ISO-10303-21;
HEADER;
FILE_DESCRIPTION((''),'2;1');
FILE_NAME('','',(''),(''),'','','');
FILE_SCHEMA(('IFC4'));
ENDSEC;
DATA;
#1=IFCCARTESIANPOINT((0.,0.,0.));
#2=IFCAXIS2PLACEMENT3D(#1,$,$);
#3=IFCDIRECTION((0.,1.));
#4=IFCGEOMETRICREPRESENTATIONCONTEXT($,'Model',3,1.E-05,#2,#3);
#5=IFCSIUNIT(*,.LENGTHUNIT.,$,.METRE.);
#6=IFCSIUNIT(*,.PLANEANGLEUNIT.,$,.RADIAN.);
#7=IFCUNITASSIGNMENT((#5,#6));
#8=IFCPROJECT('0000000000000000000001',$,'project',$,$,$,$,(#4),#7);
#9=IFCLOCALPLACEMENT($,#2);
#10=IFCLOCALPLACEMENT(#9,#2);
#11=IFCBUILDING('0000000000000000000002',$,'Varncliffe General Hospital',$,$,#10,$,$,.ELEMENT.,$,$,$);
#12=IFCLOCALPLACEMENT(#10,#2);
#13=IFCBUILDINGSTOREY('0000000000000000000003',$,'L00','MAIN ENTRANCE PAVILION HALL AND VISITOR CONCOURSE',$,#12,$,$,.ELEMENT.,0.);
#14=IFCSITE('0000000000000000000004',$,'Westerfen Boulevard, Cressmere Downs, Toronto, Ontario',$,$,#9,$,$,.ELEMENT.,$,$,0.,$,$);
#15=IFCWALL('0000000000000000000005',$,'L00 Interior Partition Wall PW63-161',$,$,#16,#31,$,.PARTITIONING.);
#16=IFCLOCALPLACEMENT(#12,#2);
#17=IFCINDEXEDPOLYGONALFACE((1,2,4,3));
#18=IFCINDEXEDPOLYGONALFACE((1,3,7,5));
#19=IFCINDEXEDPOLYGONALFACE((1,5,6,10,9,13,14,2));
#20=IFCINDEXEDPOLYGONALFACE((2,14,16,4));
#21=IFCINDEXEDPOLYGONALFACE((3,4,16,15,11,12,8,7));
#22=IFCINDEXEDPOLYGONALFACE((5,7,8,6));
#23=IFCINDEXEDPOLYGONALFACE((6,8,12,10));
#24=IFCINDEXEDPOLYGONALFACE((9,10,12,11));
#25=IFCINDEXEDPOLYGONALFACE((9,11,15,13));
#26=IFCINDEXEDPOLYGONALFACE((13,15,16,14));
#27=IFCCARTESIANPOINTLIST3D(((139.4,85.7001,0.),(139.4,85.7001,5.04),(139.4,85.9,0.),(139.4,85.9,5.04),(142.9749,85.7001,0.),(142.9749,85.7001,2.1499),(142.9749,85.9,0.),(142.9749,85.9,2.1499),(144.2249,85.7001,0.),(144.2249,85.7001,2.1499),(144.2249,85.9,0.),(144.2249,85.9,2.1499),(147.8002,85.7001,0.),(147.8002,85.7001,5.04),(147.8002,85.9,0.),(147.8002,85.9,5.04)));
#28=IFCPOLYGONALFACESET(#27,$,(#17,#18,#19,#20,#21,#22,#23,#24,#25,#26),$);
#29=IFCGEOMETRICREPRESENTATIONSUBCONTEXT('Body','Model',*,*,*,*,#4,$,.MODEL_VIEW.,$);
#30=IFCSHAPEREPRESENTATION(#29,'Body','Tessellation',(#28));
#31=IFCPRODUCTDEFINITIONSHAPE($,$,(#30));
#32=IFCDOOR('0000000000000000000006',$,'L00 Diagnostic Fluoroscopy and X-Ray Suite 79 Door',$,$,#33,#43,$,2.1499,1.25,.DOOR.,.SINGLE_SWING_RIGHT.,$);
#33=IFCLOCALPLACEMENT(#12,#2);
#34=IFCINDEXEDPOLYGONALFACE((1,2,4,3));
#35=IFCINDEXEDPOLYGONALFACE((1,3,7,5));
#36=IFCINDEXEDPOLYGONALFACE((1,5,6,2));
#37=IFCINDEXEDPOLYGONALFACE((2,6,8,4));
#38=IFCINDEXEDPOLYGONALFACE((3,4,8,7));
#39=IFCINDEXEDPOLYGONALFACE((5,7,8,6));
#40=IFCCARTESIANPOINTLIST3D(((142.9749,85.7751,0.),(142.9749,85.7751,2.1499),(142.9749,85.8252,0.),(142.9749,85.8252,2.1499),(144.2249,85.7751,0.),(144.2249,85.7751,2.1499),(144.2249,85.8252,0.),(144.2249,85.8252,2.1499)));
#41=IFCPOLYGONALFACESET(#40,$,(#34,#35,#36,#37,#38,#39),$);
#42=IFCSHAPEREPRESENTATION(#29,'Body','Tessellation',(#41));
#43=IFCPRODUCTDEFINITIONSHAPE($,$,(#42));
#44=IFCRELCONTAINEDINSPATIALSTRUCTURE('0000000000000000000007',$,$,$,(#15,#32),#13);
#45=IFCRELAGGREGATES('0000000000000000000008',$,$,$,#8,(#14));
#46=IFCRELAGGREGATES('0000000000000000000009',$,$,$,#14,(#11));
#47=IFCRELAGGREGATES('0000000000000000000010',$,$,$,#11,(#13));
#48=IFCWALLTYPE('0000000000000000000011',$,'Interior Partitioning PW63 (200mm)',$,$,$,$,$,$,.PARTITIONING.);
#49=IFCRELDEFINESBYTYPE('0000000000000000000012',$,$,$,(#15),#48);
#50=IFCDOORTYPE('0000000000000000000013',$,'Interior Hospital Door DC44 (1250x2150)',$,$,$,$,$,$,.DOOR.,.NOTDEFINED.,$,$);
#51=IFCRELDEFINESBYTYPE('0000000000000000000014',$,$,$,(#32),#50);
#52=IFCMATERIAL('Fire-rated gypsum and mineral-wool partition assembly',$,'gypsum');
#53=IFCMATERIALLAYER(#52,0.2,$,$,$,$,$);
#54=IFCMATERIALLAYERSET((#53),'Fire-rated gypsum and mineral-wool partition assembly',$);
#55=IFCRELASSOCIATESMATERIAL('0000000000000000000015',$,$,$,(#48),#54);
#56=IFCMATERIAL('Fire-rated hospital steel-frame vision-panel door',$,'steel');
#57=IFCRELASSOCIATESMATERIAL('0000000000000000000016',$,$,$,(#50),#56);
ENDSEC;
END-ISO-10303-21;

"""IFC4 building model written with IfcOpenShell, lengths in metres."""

from ifc_helpers import new_model, si_unit, direction, frame, frame_2d, origin, place, context, subcontext, project, spatial, rectangle, extrude, material, layer, layer_set, type_object, element, fill, save


model = new_model("IFC4")

# Units and contexts
model_context = context("Model", 3, precision=1e-05, world=origin(), true_north=direction((0.0, 1.0)))
body_context = subcontext(model_context, "Body", "Model", "MODEL_VIEW")
ifc_project = project(units=[si_unit("LENGTHUNIT", "METRE"), si_unit("PLANEANGLEUNIT", "RADIAN")], contexts=[model_context])

# Site, building, storey
site_placement = place(None, origin())
site = spatial("IfcSite", under=ifc_project, at=site_placement, Name="Westerfen Boulevard, Cressmere Downs, Toronto, Ontario", CompositionType="ELEMENT", RefElevation=0.0)
building_placement = place(site_placement, origin())
building = spatial("IfcBuilding", under=site, at=building_placement, Name="Varncliffe General Hospital", CompositionType="ELEMENT")
storey_placement = place(building_placement, origin())
storey = spatial("IfcBuildingStorey", under=building, at=storey_placement, Name="L00", Description="MAIN ENTRANCE PAVILION HALL AND VISITOR CONCOURSE", CompositionType="ELEMENT", Elevation=0.0)

# Shared definitions
ifc_material_1 = material(Name="Fire-rated gypsum and mineral-wool partition assembly", Category="gypsum")

# Wall, opening, door
ifc_layer_1 = layer(ifc_material_1, 0.2)
ifc_layer_set_1 = layer_set([ifc_layer_1], Name="Fire-rated gypsum and mineral-wool partition assembly")
wall_type_1 = type_object("IfcWallType", Name="Interior Partitioning PW63 (200mm)", PredefinedType="PARTITIONING", material=ifc_layer_set_1)
wall_1_placement = place(storey_placement, frame((139.3999, 85.8, 0.0), z_axis=(0.0, 0.0, 1.0), x_axis=(1.0, 0.0, 0.0)))
wall_1 = element("IfcWall", 1, at=wall_1_placement, inside=storey, type_object=wall_type_1, Name="L00 Interior Partition Wall PW63-161", PredefinedType="PARTITIONING", context=body_context, shape_type="SweptSolid", body=[
    extrude(rectangle(XDim=8.4001, YDim=0.2, at=frame_2d((4.2002, 0.0))), origin(), (0.0, 0.0, 1.0), 5.04),
])
opening_placement = place(wall_1_placement, frame((3.575, 0.0, 0.0)))
opening = element("IfcOpeningElement", 2, at=opening_placement, cuts=wall_1, PredefinedType="OPENING", context=body_context, shape_type="SweptSolid", body=[
    extrude(rectangle(XDim=1.25, YDim=2.1499, at=frame_2d((0.625, 1.075))), frame((0.0, 0.1099, 0.0), z_axis=(0.0, -1.0, 0.0), x_axis=(1.0, 0.0, 0.0)), (0.0, 0.0, 1.0), 0.22),
])
ifc_material_2 = material(Name="Fire-rated hospital steel-frame vision-panel door", Category="steel")
door_type = type_object("IfcDoorType", Name="Interior Hospital Door DC44 (1250x2150)", OperationType="NOTDEFINED", PredefinedType="DOOR", material=ifc_material_2)
door_placement = place(opening_placement, frame((1.25, 0.0, 0.0), z_axis=(0.0, 0.0, 1.0), x_axis=(-1.0, 0.0, 0.0)))
door = element("IfcDoor", 3, at=door_placement, inside=storey, type_object=door_type, Name="L00 Diagnostic Fluoroscopy and X-Ray Suite 79 Door", OperationType="SINGLE_SWING_RIGHT", OverallHeight=2.1499, OverallWidth=1.25, PredefinedType="DOOR", context=body_context, shape_type="SweptSolid", body=[
    extrude(rectangle(XDim=1.25, YDim=2.1499, at=frame_2d((0.625, 1.075))), frame((0.0, 0.0249, 0.0), z_axis=(0.0, -1.0, 0.0), x_axis=(1.0, 0.0, 0.0)), (0.0, 0.0, 1.0), 0.05),
])
fill(opening, door)

save(model, "model.ifc")
